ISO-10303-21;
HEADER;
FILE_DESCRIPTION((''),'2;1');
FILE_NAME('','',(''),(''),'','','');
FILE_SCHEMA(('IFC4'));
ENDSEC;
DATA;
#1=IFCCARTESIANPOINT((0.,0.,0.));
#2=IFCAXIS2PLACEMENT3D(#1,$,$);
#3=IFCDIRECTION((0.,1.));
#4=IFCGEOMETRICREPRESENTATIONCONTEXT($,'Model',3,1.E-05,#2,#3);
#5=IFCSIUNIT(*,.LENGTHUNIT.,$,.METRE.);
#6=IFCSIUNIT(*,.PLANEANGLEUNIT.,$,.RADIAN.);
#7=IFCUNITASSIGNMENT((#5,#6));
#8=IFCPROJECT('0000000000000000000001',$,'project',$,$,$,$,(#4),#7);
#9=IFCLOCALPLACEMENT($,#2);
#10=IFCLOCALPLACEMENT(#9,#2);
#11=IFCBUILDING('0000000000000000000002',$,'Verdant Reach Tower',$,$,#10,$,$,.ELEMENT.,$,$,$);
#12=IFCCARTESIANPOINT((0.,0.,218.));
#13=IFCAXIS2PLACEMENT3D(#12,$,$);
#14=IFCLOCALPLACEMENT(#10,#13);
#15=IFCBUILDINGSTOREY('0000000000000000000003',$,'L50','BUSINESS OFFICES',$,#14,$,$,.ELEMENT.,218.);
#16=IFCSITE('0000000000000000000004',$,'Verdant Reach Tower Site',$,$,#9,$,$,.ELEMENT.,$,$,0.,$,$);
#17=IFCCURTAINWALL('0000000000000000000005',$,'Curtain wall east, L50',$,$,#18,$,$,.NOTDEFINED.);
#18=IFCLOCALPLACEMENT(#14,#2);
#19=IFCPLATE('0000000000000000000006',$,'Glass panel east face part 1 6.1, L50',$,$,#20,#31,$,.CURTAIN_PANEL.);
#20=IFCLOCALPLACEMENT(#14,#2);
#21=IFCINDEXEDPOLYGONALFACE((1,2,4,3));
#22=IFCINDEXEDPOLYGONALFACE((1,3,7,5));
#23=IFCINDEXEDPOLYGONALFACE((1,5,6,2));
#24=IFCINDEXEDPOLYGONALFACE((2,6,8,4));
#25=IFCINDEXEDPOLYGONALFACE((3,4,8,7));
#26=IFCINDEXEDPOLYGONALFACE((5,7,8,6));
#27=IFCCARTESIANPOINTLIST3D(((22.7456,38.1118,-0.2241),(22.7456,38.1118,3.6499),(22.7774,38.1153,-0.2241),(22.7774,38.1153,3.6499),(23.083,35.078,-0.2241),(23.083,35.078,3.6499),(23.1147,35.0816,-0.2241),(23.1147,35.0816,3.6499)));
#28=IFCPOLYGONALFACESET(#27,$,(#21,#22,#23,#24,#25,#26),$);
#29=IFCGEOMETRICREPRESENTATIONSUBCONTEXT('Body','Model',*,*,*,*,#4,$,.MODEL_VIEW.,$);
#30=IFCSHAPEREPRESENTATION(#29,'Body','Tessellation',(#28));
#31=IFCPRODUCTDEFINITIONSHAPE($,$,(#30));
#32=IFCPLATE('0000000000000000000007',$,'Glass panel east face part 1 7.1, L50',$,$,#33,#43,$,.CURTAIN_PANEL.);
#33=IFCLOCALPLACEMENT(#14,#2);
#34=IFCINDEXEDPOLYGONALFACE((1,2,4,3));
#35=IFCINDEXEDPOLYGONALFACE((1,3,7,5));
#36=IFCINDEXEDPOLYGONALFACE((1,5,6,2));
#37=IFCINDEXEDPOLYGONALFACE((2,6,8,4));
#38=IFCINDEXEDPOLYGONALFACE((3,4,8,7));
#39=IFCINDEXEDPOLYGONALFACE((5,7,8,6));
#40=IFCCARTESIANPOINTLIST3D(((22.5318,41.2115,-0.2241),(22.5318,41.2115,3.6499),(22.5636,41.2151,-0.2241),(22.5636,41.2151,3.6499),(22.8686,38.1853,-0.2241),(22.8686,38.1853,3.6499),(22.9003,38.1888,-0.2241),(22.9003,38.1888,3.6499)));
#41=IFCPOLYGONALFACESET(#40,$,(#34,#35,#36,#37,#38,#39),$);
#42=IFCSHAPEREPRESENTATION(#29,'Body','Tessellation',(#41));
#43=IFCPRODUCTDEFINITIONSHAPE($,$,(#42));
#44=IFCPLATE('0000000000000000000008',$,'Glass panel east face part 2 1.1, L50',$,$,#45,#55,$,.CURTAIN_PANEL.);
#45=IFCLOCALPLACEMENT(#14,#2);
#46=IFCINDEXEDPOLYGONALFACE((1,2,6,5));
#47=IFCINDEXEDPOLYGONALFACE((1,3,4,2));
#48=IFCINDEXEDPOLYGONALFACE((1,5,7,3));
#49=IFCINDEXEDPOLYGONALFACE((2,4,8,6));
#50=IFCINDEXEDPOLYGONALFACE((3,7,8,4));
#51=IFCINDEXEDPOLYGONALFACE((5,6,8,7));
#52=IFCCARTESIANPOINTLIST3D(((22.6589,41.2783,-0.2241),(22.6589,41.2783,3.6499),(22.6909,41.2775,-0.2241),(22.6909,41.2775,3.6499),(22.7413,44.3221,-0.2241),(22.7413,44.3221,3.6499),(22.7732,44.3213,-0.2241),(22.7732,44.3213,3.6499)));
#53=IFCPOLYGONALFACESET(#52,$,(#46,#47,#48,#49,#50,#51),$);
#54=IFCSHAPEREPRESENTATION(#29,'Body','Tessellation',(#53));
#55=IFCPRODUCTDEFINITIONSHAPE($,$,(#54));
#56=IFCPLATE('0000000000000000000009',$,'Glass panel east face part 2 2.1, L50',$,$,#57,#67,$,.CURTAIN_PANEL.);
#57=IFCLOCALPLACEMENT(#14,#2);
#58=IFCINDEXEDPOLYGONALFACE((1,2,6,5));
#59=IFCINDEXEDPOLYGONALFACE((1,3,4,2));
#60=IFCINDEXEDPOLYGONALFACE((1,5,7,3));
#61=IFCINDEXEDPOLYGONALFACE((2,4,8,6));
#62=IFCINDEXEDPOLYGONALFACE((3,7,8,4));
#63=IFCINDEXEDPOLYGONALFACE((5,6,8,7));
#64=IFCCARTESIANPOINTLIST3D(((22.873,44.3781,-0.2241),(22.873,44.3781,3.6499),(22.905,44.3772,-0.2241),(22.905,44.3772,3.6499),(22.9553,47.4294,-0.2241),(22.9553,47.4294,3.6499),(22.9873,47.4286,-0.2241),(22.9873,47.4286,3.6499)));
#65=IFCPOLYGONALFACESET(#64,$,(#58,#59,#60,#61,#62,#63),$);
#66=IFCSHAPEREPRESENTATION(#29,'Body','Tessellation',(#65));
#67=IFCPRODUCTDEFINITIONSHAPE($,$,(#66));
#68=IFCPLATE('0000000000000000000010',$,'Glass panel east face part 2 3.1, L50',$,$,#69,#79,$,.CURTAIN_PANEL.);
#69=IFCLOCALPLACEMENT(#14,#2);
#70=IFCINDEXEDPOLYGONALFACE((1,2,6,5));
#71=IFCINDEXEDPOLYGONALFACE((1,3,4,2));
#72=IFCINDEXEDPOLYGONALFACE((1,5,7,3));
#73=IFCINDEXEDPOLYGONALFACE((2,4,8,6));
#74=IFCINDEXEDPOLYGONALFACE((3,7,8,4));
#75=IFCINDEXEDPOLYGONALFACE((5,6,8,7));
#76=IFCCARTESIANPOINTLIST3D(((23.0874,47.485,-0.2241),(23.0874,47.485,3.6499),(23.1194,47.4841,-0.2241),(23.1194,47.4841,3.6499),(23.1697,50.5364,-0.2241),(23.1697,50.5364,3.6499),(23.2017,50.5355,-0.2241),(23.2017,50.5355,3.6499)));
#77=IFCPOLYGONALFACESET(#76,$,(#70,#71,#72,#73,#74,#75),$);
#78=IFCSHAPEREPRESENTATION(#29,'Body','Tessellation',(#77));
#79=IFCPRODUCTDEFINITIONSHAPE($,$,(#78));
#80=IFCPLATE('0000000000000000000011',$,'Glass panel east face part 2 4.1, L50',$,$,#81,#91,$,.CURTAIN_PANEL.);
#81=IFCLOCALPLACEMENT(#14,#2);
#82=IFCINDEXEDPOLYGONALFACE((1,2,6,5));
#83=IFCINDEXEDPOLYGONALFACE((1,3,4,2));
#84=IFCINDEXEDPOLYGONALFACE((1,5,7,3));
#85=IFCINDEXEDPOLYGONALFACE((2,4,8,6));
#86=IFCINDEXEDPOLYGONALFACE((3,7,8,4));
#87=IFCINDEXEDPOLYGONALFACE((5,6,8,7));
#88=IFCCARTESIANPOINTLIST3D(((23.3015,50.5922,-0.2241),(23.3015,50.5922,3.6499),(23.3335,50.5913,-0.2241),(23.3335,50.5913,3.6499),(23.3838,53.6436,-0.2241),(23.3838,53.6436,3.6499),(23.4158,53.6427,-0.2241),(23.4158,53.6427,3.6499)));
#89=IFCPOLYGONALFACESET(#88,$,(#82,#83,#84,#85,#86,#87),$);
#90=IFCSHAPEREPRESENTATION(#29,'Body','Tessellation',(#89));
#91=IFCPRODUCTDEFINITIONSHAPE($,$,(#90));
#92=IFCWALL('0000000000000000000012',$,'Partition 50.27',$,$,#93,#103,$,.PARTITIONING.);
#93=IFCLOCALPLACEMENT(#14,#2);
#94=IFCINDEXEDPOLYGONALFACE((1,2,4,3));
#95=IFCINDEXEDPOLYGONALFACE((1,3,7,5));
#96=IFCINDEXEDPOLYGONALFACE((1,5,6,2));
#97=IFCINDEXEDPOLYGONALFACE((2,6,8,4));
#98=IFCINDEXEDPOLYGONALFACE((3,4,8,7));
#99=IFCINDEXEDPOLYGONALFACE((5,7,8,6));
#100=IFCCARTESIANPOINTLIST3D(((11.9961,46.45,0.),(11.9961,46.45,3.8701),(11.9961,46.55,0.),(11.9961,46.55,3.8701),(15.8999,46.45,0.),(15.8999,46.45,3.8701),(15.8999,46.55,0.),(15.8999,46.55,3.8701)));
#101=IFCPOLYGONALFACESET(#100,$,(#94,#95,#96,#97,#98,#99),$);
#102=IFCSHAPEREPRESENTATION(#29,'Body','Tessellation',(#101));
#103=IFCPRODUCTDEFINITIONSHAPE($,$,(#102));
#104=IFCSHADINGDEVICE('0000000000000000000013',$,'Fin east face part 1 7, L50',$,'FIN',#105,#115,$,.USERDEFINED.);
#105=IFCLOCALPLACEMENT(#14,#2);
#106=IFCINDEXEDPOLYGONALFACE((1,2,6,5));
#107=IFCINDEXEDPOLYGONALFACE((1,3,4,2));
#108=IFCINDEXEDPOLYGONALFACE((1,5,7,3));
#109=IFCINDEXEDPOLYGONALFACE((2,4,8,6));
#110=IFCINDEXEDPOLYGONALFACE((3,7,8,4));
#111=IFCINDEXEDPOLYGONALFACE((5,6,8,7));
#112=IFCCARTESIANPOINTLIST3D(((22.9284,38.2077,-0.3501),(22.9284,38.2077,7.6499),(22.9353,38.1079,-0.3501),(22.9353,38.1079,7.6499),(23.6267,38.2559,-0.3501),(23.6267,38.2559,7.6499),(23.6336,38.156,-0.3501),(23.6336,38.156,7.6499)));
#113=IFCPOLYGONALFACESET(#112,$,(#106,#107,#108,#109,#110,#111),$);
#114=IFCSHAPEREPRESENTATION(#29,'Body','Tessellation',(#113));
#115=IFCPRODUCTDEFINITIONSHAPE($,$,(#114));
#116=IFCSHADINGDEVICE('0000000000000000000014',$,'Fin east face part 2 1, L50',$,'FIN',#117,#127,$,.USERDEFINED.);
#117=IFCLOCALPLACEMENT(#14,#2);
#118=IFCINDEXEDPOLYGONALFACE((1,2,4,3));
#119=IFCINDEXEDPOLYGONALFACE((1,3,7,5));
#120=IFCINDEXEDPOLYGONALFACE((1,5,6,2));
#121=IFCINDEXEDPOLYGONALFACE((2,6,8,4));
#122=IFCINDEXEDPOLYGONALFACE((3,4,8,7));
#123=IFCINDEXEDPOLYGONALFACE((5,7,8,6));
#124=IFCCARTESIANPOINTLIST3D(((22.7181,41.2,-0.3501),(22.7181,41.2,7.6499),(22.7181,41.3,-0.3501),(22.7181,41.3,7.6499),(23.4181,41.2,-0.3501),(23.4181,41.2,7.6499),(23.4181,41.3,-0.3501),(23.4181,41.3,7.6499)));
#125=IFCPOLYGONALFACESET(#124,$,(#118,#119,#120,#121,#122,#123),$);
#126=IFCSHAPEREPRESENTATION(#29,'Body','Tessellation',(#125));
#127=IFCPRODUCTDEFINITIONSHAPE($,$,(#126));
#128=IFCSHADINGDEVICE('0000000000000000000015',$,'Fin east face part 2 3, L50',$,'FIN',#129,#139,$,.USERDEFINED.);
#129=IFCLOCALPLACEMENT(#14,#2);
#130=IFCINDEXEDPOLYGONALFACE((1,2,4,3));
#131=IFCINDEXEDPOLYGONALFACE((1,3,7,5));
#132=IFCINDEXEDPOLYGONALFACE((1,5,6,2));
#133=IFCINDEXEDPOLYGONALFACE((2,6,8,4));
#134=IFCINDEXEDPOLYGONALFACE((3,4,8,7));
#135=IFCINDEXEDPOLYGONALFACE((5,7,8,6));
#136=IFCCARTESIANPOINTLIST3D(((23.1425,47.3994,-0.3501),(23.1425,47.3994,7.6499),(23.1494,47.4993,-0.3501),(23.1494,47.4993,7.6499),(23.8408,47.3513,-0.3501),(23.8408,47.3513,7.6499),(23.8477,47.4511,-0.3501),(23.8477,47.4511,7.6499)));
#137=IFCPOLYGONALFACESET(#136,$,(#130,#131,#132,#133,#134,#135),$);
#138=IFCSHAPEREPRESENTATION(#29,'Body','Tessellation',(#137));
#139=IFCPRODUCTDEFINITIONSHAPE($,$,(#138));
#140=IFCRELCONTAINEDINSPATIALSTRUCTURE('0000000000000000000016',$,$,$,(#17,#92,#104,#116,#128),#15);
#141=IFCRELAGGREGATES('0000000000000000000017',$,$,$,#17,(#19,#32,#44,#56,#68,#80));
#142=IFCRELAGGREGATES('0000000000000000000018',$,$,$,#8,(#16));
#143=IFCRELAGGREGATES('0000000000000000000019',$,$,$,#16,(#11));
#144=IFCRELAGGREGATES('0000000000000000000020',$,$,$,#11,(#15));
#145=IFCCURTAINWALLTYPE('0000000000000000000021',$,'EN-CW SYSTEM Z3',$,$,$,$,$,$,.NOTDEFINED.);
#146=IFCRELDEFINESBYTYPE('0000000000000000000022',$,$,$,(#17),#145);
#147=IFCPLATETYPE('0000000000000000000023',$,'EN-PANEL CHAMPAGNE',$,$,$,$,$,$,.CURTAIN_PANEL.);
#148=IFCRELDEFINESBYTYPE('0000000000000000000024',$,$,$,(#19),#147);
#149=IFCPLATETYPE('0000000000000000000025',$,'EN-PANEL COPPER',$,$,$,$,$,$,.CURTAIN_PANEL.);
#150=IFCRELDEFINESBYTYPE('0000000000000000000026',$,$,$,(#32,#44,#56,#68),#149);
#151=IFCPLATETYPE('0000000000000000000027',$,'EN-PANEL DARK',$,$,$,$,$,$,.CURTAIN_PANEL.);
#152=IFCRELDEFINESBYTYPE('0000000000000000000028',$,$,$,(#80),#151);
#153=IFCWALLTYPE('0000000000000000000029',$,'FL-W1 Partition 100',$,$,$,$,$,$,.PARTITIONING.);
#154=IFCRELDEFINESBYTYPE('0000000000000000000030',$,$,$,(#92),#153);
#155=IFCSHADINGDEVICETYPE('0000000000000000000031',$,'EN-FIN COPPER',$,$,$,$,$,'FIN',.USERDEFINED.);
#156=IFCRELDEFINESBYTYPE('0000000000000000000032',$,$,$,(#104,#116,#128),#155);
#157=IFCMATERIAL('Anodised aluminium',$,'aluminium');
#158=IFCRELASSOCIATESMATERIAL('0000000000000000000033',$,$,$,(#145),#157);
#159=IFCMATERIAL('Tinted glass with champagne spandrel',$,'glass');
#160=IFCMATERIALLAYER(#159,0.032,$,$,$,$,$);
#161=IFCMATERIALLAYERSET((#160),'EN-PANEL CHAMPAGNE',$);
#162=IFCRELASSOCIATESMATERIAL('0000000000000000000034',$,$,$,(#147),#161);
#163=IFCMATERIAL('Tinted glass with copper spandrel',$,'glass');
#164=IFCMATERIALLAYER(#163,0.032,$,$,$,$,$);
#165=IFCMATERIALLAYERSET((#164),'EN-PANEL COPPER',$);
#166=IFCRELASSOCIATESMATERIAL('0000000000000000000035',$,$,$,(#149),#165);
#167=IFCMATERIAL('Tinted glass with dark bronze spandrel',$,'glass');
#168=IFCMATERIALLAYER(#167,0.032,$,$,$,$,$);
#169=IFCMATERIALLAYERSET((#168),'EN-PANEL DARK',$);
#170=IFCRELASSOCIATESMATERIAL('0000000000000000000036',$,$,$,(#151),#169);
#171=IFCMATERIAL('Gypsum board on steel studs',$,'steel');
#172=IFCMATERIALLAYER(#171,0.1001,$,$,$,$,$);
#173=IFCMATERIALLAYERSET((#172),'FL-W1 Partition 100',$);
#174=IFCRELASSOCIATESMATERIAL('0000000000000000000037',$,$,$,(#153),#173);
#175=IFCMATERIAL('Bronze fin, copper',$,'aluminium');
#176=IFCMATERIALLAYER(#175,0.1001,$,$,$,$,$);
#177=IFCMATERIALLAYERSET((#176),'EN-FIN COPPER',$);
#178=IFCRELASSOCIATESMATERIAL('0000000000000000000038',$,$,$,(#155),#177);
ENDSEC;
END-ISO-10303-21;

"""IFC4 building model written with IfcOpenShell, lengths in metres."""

from ifc_helpers import new_model, si_unit, direction, frame, frame_2d, origin, origin_2d, place, context, subcontext, project, spatial, rectangle, extrude, material, layer, layer_set, type_object, element, aggregate, save


model = new_model("IFC4")

# Units and contexts
model_context = context("Model", 3, precision=1e-05, world=origin(), true_north=direction((0.0, 1.0)))
body_context = subcontext(model_context, "Body", "Model", "MODEL_VIEW")
ifc_project = project(units=[si_unit("LENGTHUNIT", "METRE"), si_unit("PLANEANGLEUNIT", "RADIAN")], contexts=[model_context])

# Site, building, storey
site_placement = place(None, origin())
site = spatial("IfcSite", under=ifc_project, at=site_placement, Name="Verdant Reach Tower Site", CompositionType="ELEMENT", RefElevation=0.0)
building_placement = place(site_placement, origin())
building = spatial("IfcBuilding", under=site, at=building_placement, Name="Verdant Reach Tower", CompositionType="ELEMENT")
storey_placement = place(building_placement, frame((0.0, 0.0, 218.0)))
storey = spatial("IfcBuildingStorey", under=building, at=storey_placement, Name="L50", Description="BUSINESS OFFICES", CompositionType="ELEMENT", Elevation=218.0)

# Curtain wall
ifc_material_1 = material(Name="Anodised aluminium", Category="aluminium")
curtain_wall_type = type_object("IfcCurtainWallType", Name="EN-CW SYSTEM Z3", PredefinedType="NOTDEFINED", material=ifc_material_1)
curtain_wall_placement = place(storey_placement, origin())
curtain_wall = element("IfcCurtainWall", 1, at=curtain_wall_placement, inside=storey, type_object=curtain_wall_type, Name="Curtain wall east, L50", PredefinedType="NOTDEFINED")

# Plates
ifc_material_2 = material(Name="Tinted glass with champagne spandrel", Category="glass")
ifc_layer_1 = layer(ifc_material_2, 0.032)
ifc_layer_set_1 = layer_set([ifc_layer_1], Name="EN-PANEL CHAMPAGNE")
plate_type_1 = type_object("IfcPlateType", Name="EN-PANEL CHAMPAGNE", PredefinedType="CURTAIN_PANEL", material=ifc_layer_set_1)
plate_1_placement = place(storey_placement, frame((22.9302, 36.5967, -0.2241), z_axis=(0.0, 0.0, 1.0), x_axis=(-0.110518, 0.993874, 0.0)))
plate_1 = element("IfcPlate", 2, at=plate_1_placement, type_object=plate_type_1, Name="Glass panel east face part 1 6.1, L50", PredefinedType="CURTAIN_PANEL", context=body_context, shape_type="SweptSolid", body=[
    extrude(rectangle(XDim=3.0525, YDim=0.032, at=origin_2d()), origin(), (0.0, 0.0, 1.0), 3.874),
])
ifc_material_3 = material(Name="Tinted glass with copper spandrel", Category="glass")
ifc_layer_2 = layer(ifc_material_3, 0.032)
ifc_layer_set_2 = layer_set([ifc_layer_2], Name="EN-PANEL COPPER")
plate_type_2 = type_object("IfcPlateType", Name="EN-PANEL COPPER", PredefinedType="CURTAIN_PANEL", material=ifc_layer_set_2)
plate_2_placement = place(storey_placement, frame((22.7161, 39.7002, -0.2241), z_axis=(0.0, 0.0, 1.0), x_axis=(-0.110601, 0.993865, 0.0)))
plate_2 = element("IfcPlate", 3, at=plate_2_placement, type_object=plate_type_2, Name="Glass panel east face part 1 7.1, L50", PredefinedType="CURTAIN_PANEL", context=body_context, shape_type="SweptSolid", body=[
    extrude(rectangle(XDim=3.0449, YDim=0.032, at=origin_2d()), origin(), (0.0, 0.0, 1.0), 3.874),
])
plate_3_placement = place(storey_placement, frame((22.7161, 42.7998, -0.2241), z_axis=(0.0, 0.0, 1.0), x_axis=(0.027048, 0.999634, 0.0)))
plate_3 = element("IfcPlate", 4, at=plate_3_placement, type_object=plate_type_2, Name="Glass panel east face part 2 1.1, L50", PredefinedType="CURTAIN_PANEL", context=body_context, shape_type="SweptSolid", body=[
    extrude(rectangle(XDim=3.0449, YDim=0.032, at=origin_2d()), origin(), (0.0, 0.0, 1.0), 3.874),
])
plate_4_placement = place(storey_placement, frame((22.9302, 45.9033, -0.2241), z_axis=(0.0, 0.0, 1.0), x_axis=(0.026965, 0.999636, 0.0)))
plate_4 = element("IfcPlate", 5, at=plate_4_placement, type_object=plate_type_2, Name="Glass panel east face part 2 2.1, L50", PredefinedType="CURTAIN_PANEL", context=body_context, shape_type="SweptSolid", body=[
    extrude(rectangle(XDim=3.0525, YDim=0.032, at=origin_2d()), origin(), (0.0, 0.0, 1.0), 3.874),
])
plate_5_placement = place(storey_placement, frame((23.1445, 49.0103, -0.2241), z_axis=(0.0, 0.0, 1.0), x_axis=(0.026965, 0.999636, 0.0)))
plate_5 = element("IfcPlate", 6, at=plate_5_placement, type_object=plate_type_2, Name="Glass panel east face part 2 3.1, L50", PredefinedType="CURTAIN_PANEL", context=body_context, shape_type="SweptSolid", body=[
    extrude(rectangle(XDim=3.0525, YDim=0.032, at=origin_2d()), origin(), (0.0, 0.0, 1.0), 3.874),
])
ifc_material_4 = material(Name="Tinted glass with dark bronze spandrel", Category="glass")
ifc_layer_3 = layer(ifc_material_4, 0.032)
ifc_layer_set_3 = layer_set([ifc_layer_3], Name="EN-PANEL DARK")
plate_type_3 = type_object("IfcPlateType", Name="EN-PANEL DARK", PredefinedType="CURTAIN_PANEL", material=ifc_layer_set_3)
plate_6_placement = place(storey_placement, frame((23.3586, 52.1174, -0.2241), z_axis=(0.0, 0.0, 1.0), x_axis=(0.026965, 0.999636, 0.0)))
plate_6 = element("IfcPlate", 7, at=plate_6_placement, type_object=plate_type_3, Name="Glass panel east face part 2 4.1, L50", PredefinedType="CURTAIN_PANEL", context=body_context, shape_type="SweptSolid", body=[
    extrude(rectangle(XDim=3.0525, YDim=0.032, at=origin_2d()), origin(), (0.0, 0.0, 1.0), 3.874),
])
aggregate(curtain_wall, [plate_1, plate_2, plate_3, plate_4, plate_5, plate_6])

# Wall
ifc_material_5 = material(Name="Gypsum board on steel studs", Category="steel")
ifc_layer_4 = layer(ifc_material_5, 0.1001)
ifc_layer_set_4 = layer_set([ifc_layer_4], Name="FL-W1 Partition 100")
wall_type = type_object("IfcWallType", Name="FL-W1 Partition 100", PredefinedType="PARTITIONING", material=ifc_layer_set_4)
wall_placement = place(storey_placement, frame((15.8999, 46.5, 0.0), z_axis=(0.0, 0.0, 1.0), x_axis=(-1.0, 0.0, 0.0)))
element("IfcWall", 8, at=wall_placement, inside=storey, type_object=wall_type, Name="Partition 50.27", PredefinedType="PARTITIONING", context=body_context, shape_type="SweptSolid", body=[
    extrude(rectangle(XDim=3.9038, YDim=0.1001, at=frame_2d((1.9519, 0.0))), origin(), (0.0, 0.0, 1.0), 3.8701),
])

# Shading devices
ifc_material_6 = material(Name="Bronze fin, copper", Category="aluminium")
ifc_layer_5 = layer(ifc_material_6, 0.1001)
ifc_layer_set_5 = layer_set([ifc_layer_5], Name="EN-FIN COPPER")
shading_device_type = type_object("IfcShadingDeviceType", Name="EN-FIN COPPER", ElementType="FIN", PredefinedType="USERDEFINED", material=ifc_layer_set_5)
for number, where, z_axis, x_axis, name in (
    (9, (23.281, 38.1819, -0.3501), (0.0, 0.0, 1.0), (-0.068802, 0.99763, 0.0), "Fin east face part 1 7, L50"),
    (10, (23.0681, 41.25, -0.3501), (0.0, 0.0, 1.0), (0.0, 1.0, 0.0), "Fin east face part 2 1, L50"),
    (11, (23.4951, 47.4253, -0.3501), (0.0, 0.0, 1.0), (0.068802, 0.99763, 0.0), "Fin east face part 2 3, L50"),
):
    element("IfcShadingDevice", number, at=place(storey_placement, frame(where, z_axis=z_axis, x_axis=x_axis)), inside=storey, type_object=shading_device_type, Name=name, ObjectType="FIN", PredefinedType="USERDEFINED", context=body_context, shape_type="SweptSolid", body=[
        extrude(rectangle(XDim=0.1001, YDim=0.7, at=origin_2d()), origin(), (0.0, 0.0, 1.0), 8.0),
    ])

save(model, "model.ifc")
